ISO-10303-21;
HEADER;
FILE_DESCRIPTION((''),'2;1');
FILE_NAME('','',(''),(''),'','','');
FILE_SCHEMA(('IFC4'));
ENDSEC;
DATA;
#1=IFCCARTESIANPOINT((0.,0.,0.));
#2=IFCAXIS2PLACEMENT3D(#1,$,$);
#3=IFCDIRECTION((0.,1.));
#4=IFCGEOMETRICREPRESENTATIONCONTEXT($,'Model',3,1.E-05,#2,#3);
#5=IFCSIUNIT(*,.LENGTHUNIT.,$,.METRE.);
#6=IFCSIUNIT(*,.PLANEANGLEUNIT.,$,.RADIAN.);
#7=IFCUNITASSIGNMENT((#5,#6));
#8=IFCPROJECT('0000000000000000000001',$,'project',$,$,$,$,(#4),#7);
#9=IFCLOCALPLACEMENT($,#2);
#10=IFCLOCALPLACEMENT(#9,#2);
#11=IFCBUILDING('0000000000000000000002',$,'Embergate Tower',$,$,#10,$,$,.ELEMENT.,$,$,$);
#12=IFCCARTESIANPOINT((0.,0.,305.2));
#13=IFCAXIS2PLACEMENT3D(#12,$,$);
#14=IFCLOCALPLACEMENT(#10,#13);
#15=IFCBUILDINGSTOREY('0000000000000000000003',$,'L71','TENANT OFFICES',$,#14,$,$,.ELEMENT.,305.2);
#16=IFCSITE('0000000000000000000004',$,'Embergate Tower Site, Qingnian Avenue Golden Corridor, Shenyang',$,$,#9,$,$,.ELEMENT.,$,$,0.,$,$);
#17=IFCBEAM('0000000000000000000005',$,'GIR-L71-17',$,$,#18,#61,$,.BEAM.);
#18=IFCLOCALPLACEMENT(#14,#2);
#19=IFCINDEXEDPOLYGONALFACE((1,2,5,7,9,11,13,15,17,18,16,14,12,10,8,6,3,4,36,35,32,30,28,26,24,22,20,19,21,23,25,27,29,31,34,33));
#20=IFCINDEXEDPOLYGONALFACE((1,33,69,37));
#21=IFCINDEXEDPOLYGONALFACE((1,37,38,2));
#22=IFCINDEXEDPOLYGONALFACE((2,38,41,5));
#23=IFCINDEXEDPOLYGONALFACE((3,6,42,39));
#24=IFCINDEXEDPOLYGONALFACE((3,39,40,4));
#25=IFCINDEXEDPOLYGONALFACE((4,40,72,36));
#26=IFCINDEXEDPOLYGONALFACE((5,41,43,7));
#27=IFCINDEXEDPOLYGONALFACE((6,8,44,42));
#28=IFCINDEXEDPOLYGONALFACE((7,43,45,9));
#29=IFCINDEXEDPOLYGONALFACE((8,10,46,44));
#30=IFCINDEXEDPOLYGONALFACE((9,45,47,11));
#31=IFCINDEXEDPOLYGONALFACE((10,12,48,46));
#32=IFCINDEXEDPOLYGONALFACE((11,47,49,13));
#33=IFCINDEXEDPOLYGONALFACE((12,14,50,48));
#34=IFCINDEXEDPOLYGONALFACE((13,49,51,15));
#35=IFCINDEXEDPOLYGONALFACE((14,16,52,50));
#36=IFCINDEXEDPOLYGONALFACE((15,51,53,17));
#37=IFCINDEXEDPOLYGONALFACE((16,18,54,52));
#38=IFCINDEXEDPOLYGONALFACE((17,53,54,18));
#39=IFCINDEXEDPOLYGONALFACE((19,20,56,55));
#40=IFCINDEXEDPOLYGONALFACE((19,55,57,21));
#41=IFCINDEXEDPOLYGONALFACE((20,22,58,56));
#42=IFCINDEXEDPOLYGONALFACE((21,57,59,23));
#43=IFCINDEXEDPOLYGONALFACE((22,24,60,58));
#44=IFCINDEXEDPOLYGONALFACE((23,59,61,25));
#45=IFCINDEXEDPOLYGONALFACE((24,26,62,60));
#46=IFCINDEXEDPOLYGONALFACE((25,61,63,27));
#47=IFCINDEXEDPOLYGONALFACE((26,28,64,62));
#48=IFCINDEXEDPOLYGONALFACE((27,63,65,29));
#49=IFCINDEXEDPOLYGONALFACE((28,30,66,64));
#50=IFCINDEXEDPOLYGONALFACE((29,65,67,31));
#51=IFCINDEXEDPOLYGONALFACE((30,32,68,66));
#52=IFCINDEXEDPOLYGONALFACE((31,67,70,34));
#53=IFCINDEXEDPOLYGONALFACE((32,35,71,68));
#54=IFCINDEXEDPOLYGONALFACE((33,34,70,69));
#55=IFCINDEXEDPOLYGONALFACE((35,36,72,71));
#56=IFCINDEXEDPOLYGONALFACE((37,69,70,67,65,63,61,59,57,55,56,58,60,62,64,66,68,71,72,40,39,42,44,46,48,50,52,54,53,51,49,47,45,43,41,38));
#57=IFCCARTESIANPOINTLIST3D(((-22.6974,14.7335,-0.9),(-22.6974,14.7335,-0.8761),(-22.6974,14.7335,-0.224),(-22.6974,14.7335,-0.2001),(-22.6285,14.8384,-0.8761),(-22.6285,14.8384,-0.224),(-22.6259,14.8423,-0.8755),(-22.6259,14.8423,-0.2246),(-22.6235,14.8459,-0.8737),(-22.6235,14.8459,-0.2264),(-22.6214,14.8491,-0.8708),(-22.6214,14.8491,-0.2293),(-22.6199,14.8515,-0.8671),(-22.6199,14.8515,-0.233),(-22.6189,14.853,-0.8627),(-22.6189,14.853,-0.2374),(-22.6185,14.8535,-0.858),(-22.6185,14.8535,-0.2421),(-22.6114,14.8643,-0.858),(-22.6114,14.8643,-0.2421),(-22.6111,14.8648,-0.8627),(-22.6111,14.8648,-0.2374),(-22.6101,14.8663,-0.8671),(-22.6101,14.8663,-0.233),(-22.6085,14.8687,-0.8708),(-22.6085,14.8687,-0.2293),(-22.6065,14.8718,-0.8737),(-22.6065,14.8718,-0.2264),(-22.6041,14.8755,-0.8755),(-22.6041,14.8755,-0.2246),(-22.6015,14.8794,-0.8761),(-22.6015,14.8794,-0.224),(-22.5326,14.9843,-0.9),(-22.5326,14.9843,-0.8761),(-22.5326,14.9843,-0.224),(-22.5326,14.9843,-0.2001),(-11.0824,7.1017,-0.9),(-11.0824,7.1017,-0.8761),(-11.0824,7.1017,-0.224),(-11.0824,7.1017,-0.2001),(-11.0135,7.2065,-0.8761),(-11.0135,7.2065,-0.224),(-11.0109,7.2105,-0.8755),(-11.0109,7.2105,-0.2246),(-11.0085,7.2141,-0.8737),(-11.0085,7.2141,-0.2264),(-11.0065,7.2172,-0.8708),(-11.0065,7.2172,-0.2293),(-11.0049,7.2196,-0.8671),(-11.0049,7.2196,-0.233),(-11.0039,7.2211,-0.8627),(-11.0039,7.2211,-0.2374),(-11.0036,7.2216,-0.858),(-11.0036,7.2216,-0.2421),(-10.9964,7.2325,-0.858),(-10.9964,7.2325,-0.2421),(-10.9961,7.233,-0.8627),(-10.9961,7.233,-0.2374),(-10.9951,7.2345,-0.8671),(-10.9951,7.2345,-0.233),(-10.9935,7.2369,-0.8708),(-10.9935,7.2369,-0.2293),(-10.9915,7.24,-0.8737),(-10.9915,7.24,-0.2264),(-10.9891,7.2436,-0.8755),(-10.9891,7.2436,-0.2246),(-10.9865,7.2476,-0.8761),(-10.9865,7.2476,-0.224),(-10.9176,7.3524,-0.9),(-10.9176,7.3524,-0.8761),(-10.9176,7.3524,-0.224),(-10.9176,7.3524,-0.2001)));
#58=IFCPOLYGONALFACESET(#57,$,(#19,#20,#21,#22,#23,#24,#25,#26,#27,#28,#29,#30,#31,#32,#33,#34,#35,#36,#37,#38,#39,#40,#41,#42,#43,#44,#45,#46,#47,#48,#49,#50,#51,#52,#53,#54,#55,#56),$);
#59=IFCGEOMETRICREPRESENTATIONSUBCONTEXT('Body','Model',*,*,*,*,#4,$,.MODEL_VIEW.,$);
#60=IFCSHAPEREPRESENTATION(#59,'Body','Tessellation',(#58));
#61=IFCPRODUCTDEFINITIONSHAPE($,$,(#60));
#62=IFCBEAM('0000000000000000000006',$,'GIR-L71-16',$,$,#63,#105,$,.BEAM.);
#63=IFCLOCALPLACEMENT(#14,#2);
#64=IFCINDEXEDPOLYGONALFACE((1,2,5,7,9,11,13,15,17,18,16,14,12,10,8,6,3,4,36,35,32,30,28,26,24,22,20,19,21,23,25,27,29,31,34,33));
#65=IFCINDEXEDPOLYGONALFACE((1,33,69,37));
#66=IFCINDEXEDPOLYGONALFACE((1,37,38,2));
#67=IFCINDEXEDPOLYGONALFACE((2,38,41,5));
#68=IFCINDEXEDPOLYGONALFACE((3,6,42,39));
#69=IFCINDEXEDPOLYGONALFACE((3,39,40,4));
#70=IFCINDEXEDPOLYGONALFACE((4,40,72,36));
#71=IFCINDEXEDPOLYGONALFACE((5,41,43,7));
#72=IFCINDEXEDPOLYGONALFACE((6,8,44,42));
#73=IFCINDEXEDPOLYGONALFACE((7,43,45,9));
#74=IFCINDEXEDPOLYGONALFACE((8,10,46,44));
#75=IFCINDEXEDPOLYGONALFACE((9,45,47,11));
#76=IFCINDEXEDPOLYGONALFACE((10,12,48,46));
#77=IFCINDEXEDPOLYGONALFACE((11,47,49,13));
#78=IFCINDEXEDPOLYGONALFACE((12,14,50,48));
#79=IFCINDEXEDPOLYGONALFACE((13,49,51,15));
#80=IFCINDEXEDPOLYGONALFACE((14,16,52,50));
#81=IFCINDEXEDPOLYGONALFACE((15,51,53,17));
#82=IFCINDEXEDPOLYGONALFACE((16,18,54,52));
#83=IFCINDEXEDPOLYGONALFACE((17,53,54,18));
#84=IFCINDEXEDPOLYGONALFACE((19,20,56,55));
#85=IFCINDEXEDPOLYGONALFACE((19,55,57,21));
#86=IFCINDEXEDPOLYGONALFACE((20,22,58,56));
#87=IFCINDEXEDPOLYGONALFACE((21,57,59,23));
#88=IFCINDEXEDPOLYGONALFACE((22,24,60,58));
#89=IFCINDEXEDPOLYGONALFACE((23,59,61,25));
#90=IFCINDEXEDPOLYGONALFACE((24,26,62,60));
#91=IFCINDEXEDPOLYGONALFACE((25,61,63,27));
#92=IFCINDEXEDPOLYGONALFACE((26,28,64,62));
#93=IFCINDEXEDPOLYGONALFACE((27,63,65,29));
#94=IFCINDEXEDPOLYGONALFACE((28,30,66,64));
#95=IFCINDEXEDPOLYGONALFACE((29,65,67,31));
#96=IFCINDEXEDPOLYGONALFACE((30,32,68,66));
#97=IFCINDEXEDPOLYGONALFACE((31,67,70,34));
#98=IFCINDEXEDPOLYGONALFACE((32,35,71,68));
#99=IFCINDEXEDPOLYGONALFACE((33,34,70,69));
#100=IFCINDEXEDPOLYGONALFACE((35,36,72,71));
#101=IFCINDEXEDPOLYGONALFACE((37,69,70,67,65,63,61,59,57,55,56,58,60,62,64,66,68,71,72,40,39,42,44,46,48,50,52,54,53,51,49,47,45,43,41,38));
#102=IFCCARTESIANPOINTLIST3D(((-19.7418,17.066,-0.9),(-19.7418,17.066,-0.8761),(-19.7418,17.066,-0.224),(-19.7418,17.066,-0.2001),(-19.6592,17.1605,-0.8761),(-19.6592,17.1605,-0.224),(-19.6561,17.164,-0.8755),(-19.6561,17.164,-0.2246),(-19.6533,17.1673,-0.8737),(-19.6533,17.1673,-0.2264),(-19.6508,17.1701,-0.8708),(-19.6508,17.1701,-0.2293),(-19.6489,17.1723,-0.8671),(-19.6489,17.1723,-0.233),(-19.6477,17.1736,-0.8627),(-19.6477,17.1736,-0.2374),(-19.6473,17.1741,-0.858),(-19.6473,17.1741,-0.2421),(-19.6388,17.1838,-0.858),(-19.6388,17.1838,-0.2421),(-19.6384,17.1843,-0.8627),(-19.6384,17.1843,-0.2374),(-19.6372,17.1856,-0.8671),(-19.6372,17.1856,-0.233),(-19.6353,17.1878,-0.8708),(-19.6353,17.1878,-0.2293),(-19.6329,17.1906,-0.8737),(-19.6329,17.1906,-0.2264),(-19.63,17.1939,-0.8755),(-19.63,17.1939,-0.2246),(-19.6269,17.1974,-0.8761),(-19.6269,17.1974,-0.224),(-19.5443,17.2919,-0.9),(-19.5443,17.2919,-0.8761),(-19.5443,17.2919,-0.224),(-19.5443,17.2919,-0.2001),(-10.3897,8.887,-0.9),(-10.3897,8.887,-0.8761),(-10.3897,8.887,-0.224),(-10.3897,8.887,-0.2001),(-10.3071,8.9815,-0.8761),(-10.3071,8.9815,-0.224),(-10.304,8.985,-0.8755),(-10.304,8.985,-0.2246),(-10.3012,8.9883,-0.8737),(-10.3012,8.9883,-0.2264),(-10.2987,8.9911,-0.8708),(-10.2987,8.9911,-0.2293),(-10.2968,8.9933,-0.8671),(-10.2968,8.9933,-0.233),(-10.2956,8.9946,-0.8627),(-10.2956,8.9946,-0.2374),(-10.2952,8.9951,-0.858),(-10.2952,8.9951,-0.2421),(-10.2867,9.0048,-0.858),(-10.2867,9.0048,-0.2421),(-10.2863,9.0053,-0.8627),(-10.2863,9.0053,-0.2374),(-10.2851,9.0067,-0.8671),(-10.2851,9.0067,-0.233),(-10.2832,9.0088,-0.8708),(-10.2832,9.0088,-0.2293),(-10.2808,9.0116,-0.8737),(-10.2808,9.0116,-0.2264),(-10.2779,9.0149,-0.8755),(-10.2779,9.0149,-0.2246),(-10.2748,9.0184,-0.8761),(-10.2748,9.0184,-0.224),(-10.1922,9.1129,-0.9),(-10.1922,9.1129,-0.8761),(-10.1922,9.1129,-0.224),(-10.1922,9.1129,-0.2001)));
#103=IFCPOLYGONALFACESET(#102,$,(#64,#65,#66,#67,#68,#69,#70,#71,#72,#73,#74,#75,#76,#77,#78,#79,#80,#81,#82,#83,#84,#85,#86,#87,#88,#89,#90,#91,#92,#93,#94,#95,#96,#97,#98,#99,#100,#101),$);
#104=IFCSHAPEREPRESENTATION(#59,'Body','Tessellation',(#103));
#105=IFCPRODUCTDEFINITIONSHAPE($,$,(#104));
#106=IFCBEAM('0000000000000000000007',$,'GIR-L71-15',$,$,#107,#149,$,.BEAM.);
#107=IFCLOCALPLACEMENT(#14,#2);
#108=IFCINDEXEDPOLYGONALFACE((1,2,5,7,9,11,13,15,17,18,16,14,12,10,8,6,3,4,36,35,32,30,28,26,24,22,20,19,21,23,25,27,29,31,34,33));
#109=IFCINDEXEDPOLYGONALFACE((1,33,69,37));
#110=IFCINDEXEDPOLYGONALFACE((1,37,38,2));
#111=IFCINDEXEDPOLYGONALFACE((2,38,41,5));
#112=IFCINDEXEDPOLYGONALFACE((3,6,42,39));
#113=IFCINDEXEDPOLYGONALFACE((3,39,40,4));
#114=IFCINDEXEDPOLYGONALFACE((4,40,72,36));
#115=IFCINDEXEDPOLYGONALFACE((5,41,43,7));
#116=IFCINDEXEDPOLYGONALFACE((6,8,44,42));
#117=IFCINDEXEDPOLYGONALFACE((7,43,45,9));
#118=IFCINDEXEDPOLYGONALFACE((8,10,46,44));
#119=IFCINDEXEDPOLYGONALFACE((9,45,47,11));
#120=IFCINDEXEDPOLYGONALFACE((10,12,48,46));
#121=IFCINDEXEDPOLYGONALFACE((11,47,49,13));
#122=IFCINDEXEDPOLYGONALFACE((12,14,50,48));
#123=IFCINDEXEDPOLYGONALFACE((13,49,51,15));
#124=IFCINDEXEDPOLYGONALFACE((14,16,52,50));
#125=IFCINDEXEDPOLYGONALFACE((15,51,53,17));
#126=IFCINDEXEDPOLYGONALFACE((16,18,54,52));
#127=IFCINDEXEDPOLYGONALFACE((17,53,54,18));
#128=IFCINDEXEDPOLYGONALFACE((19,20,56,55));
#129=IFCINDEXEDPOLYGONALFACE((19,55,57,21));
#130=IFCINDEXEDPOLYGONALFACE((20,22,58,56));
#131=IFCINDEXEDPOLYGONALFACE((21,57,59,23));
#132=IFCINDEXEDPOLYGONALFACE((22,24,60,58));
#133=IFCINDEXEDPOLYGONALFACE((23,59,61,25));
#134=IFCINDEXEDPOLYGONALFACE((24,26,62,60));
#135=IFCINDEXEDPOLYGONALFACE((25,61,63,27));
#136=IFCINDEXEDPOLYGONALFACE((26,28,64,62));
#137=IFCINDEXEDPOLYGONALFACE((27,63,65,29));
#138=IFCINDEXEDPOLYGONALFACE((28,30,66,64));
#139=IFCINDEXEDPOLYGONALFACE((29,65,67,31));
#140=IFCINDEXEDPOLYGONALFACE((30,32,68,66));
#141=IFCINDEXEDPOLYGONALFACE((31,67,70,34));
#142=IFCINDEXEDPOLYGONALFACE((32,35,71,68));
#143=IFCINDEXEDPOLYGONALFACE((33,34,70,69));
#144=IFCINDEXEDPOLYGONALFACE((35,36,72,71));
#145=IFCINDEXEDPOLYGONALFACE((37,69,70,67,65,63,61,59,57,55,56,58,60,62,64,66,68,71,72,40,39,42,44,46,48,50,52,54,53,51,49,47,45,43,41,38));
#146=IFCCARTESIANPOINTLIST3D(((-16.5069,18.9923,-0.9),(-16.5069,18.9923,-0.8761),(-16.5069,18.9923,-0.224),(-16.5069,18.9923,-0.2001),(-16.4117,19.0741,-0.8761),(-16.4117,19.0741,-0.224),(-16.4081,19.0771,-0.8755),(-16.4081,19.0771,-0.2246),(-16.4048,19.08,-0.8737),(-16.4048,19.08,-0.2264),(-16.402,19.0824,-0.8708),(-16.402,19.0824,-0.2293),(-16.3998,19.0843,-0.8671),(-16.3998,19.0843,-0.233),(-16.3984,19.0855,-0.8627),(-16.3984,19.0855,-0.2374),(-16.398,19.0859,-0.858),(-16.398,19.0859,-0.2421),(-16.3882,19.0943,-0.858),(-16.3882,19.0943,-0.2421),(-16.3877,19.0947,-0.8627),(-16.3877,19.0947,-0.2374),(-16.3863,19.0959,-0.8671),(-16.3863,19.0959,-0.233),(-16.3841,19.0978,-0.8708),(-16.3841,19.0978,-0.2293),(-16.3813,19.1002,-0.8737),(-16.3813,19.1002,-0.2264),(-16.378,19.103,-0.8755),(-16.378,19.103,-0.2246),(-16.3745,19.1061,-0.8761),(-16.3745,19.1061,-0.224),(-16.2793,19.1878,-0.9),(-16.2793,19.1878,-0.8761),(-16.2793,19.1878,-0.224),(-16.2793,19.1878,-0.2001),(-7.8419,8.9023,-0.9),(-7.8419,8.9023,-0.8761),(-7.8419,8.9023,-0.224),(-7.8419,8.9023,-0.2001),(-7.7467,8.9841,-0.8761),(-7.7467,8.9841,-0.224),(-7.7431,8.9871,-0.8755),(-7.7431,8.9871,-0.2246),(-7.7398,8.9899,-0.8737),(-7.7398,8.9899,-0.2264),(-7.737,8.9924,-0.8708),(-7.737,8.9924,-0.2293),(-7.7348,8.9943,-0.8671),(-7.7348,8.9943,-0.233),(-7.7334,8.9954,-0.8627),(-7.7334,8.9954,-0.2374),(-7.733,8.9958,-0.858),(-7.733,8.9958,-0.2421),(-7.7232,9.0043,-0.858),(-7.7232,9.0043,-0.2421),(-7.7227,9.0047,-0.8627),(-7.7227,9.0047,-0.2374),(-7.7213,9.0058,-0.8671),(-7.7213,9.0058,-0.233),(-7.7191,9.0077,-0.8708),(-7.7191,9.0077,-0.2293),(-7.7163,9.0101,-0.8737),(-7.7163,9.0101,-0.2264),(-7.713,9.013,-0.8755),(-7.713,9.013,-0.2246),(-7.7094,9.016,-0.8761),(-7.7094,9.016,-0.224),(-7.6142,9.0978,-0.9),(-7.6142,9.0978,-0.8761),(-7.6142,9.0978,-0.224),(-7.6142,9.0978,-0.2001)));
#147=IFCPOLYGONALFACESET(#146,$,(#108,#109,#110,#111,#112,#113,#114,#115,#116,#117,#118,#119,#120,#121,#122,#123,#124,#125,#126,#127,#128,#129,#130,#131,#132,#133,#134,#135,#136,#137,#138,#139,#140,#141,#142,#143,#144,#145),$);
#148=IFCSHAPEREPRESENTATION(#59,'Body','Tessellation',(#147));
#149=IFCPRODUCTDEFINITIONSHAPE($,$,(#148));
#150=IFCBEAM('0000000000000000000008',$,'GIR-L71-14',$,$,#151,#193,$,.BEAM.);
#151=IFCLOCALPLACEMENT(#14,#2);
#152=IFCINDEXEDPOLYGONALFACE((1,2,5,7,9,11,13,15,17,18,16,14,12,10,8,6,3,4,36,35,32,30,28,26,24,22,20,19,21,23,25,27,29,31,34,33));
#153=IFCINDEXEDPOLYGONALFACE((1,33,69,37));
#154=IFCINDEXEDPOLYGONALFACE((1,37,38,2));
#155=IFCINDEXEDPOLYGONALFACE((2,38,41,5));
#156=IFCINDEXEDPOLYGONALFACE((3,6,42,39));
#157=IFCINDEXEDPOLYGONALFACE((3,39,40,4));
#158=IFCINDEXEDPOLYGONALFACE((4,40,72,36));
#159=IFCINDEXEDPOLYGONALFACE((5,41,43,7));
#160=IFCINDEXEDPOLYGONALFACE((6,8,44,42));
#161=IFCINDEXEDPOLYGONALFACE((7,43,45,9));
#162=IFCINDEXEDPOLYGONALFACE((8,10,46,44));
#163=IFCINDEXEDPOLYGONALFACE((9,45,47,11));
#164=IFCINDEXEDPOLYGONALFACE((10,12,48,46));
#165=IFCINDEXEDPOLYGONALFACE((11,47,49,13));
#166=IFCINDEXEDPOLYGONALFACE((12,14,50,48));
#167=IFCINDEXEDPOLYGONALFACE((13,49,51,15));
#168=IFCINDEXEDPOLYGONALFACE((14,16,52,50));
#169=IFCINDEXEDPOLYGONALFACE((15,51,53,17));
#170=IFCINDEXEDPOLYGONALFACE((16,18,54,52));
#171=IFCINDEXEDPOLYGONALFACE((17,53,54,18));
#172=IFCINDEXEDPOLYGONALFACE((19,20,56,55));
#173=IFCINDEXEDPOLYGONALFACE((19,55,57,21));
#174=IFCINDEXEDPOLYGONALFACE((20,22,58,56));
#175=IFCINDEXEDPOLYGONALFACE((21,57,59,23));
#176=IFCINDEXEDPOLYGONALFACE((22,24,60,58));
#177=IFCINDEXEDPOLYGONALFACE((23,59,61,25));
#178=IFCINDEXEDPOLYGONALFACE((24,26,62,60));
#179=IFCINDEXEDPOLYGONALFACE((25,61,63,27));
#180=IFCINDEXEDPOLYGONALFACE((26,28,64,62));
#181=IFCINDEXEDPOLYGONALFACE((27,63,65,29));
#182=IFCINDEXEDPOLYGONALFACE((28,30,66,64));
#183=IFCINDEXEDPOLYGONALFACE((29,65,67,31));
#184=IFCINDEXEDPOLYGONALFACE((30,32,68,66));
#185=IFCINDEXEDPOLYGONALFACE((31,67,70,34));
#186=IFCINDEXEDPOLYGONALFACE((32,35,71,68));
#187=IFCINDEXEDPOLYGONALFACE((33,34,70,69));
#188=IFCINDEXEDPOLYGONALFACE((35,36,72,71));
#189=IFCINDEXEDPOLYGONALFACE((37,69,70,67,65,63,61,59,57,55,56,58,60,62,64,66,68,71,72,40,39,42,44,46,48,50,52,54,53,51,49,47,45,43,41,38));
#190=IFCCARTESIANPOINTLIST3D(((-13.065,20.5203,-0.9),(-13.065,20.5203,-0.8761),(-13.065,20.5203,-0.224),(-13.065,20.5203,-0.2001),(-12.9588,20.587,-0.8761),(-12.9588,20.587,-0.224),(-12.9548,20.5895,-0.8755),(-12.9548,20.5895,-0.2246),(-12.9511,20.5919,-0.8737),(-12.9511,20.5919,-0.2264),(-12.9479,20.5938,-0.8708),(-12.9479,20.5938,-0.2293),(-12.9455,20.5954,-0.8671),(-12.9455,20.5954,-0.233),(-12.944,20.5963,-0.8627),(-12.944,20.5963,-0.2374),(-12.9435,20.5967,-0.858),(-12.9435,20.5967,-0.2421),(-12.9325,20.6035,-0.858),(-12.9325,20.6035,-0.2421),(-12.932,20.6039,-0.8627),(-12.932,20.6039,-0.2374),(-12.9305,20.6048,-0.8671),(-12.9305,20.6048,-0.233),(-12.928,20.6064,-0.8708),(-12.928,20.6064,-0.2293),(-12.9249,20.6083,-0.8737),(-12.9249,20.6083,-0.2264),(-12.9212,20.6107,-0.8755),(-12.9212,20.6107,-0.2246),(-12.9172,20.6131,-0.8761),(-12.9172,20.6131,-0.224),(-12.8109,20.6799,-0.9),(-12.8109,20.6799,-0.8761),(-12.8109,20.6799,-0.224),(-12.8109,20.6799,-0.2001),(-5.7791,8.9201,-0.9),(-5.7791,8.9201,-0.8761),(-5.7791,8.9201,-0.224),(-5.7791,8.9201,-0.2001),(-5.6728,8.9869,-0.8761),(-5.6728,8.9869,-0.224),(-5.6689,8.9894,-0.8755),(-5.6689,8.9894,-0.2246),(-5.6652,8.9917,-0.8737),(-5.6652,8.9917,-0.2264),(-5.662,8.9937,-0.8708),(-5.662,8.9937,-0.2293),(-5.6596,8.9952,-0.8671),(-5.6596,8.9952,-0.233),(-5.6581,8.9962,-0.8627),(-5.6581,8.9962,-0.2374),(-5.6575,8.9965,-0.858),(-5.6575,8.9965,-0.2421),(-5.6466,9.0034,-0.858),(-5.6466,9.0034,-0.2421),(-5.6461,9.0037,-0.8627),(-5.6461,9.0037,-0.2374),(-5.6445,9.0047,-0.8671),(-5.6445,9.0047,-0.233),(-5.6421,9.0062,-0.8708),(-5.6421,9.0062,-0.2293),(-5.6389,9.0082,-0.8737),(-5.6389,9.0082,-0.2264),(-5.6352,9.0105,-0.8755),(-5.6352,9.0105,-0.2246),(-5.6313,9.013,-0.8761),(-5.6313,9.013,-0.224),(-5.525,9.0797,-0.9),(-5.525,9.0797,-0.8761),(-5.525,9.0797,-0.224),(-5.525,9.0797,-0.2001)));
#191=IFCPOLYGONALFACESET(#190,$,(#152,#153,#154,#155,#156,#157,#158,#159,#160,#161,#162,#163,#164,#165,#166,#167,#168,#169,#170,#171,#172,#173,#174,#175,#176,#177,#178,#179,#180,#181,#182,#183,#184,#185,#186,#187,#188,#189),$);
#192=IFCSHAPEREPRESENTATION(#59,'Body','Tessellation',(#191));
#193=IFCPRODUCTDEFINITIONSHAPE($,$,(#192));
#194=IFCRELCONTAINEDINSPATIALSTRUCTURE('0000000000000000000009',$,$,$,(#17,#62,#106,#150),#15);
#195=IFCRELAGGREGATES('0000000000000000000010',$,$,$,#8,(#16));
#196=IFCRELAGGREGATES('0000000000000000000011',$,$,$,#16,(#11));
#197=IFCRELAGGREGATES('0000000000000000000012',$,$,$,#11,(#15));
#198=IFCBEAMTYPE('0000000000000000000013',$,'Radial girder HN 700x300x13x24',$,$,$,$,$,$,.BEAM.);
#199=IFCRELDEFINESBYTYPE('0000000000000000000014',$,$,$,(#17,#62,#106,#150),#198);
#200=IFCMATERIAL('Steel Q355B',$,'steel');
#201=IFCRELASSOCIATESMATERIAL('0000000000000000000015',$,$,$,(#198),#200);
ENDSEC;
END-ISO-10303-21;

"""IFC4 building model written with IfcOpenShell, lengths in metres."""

from ifc_helpers import new_model, si_unit, direction, frame, origin, origin_2d, place, context, subcontext, project, spatial, i_section, extrude, source, transform, mapped, material, material_profile, profile_set, type_object, element, save


model = new_model("IFC4")

# Units and contexts
model_context = context("Model", 3, precision=1e-05, world=origin(), true_north=direction((0.0, 1.0)))
body_context = subcontext(model_context, "Body", "Model", "MODEL_VIEW")
ifc_project = project(units=[si_unit("LENGTHUNIT", "METRE"), si_unit("PLANEANGLEUNIT", "RADIAN")], contexts=[model_context])

# Site, building, storey
site_placement = place(None, origin())
site = spatial("IfcSite", under=ifc_project, at=site_placement, Name="Embergate Tower Site, Qingnian Avenue Golden Corridor, Shenyang", CompositionType="ELEMENT", RefElevation=0.0)
building_placement = place(site_placement, origin())
building = spatial("IfcBuilding", under=site, at=building_placement, Name="Embergate Tower", CompositionType="ELEMENT")
storey_placement = place(building_placement, frame((0.0, 0.0, 305.2)))
storey = spatial("IfcBuildingStorey", under=building, at=storey_placement, Name="L71", Description="TENANT OFFICES", CompositionType="ELEMENT", Elevation=305.2)

# Beams
ifc_material_1 = material(Name="Steel Q355B", Category="steel")
ifc_material_profile_1 = material_profile(ifc_material_1, i_section(OverallWidth=0.3, OverallDepth=0.7, WebThickness=0.0129, FlangeThickness=0.0239, FilletRadius=0.0181, at=origin_2d()), Name="HN 700x300x13x24")
ifc_profile_set_1 = profile_set([ifc_material_profile_1], Name="Steel Q355 grade B")
beam_type_1 = type_object("IfcBeamType", Name="Radial girder HN 700x300x13x24", PredefinedType="BEAM", material=ifc_profile_set_1)
shared_shape_1 = source(origin(), body_context, "Body", "SweptSolid", [
    extrude(i_section(OverallWidth=0.3, OverallDepth=0.7, WebThickness=0.0129, FlangeThickness=0.0239, FilletRadius=0.0181, at=origin_2d()), origin(), (0.0, 0.0, 1.0), 13.8979),
])
beam_1_placement = place(storey_placement, frame((-22.615, 14.8589, -0.55), z_axis=(0.835734, -0.549134, 0.0), x_axis=(0.549134, 0.835734, 0.0)))
element("IfcBeam", 1, at=beam_1_placement, inside=storey, type_object=beam_type_1, Name="GIR-L71-17", PredefinedType="BEAM", context=body_context, shape_type="MappedRepresentation", body=[
    mapped(shared_shape_1, transform((0.0, 0.0, 0.0))),
])
shared_shape_2 = source(origin(), body_context, "Body", "SweptSolid", [
    extrude(i_section(OverallWidth=0.3, OverallDepth=0.7, WebThickness=0.0129, FlangeThickness=0.0239, FilletRadius=0.0181, at=origin_2d()), origin(), (0.0, 0.0, 1.0), 12.4241),
])
beam_2_placement = place(storey_placement, frame((-19.6431, 17.179, -0.55), z_axis=(0.75274, -0.658318, 0.0), x_axis=(0.658318, 0.75274, 0.0)))
element("IfcBeam", 2, at=beam_2_placement, inside=storey, type_object=beam_type_1, Name="GIR-L71-16", PredefinedType="BEAM", context=body_context, shape_type="MappedRepresentation", body=[
    mapped(shared_shape_2, transform((0.0, 0.0, 0.0))),
])
shared_shape_3 = source(origin(), body_context, "Body", "SweptSolid", [
    extrude(i_section(OverallWidth=0.3, OverallDepth=0.7, WebThickness=0.0129, FlangeThickness=0.0239, FilletRadius=0.0181, at=origin_2d()), origin(), (0.0, 0.0, 1.0), 13.3),
])
beam_3_placement = place(storey_placement, frame((-16.3931, 19.0901, -0.55), z_axis=(0.651502, -0.758647, 0.0), x_axis=(0.758647, 0.651502, 0.0)))
element("IfcBeam", 3, at=beam_3_placement, inside=storey, type_object=beam_type_1, Name="GIR-L71-15", PredefinedType="BEAM", context=body_context, shape_type="MappedRepresentation", body=[
    mapped(shared_shape_3, transform((0.0, 0.0, 0.0))),
])
shared_shape_4 = source(origin(), body_context, "Body", "SweptSolid", [
    extrude(i_section(OverallWidth=0.3, OverallDepth=0.7, WebThickness=0.0129, FlangeThickness=0.0239, FilletRadius=0.0181, at=origin_2d()), origin(), (0.0, 0.0, 1.0), 13.6985),
])
beam_4_placement = place(storey_placement, frame((-12.938, 20.6001, -0.55), z_axis=(0.531878, -0.846821, 0.0), x_axis=(0.846821, 0.531878, 0.0)))
element("IfcBeam", 4, at=beam_4_placement, inside=storey, type_object=beam_type_1, Name="GIR-L71-14", PredefinedType="BEAM", context=body_context, shape_type="MappedRepresentation", body=[
    mapped(shared_shape_4, transform((0.0, 0.0, 0.0))),
])

save(model, "model.ifc")
